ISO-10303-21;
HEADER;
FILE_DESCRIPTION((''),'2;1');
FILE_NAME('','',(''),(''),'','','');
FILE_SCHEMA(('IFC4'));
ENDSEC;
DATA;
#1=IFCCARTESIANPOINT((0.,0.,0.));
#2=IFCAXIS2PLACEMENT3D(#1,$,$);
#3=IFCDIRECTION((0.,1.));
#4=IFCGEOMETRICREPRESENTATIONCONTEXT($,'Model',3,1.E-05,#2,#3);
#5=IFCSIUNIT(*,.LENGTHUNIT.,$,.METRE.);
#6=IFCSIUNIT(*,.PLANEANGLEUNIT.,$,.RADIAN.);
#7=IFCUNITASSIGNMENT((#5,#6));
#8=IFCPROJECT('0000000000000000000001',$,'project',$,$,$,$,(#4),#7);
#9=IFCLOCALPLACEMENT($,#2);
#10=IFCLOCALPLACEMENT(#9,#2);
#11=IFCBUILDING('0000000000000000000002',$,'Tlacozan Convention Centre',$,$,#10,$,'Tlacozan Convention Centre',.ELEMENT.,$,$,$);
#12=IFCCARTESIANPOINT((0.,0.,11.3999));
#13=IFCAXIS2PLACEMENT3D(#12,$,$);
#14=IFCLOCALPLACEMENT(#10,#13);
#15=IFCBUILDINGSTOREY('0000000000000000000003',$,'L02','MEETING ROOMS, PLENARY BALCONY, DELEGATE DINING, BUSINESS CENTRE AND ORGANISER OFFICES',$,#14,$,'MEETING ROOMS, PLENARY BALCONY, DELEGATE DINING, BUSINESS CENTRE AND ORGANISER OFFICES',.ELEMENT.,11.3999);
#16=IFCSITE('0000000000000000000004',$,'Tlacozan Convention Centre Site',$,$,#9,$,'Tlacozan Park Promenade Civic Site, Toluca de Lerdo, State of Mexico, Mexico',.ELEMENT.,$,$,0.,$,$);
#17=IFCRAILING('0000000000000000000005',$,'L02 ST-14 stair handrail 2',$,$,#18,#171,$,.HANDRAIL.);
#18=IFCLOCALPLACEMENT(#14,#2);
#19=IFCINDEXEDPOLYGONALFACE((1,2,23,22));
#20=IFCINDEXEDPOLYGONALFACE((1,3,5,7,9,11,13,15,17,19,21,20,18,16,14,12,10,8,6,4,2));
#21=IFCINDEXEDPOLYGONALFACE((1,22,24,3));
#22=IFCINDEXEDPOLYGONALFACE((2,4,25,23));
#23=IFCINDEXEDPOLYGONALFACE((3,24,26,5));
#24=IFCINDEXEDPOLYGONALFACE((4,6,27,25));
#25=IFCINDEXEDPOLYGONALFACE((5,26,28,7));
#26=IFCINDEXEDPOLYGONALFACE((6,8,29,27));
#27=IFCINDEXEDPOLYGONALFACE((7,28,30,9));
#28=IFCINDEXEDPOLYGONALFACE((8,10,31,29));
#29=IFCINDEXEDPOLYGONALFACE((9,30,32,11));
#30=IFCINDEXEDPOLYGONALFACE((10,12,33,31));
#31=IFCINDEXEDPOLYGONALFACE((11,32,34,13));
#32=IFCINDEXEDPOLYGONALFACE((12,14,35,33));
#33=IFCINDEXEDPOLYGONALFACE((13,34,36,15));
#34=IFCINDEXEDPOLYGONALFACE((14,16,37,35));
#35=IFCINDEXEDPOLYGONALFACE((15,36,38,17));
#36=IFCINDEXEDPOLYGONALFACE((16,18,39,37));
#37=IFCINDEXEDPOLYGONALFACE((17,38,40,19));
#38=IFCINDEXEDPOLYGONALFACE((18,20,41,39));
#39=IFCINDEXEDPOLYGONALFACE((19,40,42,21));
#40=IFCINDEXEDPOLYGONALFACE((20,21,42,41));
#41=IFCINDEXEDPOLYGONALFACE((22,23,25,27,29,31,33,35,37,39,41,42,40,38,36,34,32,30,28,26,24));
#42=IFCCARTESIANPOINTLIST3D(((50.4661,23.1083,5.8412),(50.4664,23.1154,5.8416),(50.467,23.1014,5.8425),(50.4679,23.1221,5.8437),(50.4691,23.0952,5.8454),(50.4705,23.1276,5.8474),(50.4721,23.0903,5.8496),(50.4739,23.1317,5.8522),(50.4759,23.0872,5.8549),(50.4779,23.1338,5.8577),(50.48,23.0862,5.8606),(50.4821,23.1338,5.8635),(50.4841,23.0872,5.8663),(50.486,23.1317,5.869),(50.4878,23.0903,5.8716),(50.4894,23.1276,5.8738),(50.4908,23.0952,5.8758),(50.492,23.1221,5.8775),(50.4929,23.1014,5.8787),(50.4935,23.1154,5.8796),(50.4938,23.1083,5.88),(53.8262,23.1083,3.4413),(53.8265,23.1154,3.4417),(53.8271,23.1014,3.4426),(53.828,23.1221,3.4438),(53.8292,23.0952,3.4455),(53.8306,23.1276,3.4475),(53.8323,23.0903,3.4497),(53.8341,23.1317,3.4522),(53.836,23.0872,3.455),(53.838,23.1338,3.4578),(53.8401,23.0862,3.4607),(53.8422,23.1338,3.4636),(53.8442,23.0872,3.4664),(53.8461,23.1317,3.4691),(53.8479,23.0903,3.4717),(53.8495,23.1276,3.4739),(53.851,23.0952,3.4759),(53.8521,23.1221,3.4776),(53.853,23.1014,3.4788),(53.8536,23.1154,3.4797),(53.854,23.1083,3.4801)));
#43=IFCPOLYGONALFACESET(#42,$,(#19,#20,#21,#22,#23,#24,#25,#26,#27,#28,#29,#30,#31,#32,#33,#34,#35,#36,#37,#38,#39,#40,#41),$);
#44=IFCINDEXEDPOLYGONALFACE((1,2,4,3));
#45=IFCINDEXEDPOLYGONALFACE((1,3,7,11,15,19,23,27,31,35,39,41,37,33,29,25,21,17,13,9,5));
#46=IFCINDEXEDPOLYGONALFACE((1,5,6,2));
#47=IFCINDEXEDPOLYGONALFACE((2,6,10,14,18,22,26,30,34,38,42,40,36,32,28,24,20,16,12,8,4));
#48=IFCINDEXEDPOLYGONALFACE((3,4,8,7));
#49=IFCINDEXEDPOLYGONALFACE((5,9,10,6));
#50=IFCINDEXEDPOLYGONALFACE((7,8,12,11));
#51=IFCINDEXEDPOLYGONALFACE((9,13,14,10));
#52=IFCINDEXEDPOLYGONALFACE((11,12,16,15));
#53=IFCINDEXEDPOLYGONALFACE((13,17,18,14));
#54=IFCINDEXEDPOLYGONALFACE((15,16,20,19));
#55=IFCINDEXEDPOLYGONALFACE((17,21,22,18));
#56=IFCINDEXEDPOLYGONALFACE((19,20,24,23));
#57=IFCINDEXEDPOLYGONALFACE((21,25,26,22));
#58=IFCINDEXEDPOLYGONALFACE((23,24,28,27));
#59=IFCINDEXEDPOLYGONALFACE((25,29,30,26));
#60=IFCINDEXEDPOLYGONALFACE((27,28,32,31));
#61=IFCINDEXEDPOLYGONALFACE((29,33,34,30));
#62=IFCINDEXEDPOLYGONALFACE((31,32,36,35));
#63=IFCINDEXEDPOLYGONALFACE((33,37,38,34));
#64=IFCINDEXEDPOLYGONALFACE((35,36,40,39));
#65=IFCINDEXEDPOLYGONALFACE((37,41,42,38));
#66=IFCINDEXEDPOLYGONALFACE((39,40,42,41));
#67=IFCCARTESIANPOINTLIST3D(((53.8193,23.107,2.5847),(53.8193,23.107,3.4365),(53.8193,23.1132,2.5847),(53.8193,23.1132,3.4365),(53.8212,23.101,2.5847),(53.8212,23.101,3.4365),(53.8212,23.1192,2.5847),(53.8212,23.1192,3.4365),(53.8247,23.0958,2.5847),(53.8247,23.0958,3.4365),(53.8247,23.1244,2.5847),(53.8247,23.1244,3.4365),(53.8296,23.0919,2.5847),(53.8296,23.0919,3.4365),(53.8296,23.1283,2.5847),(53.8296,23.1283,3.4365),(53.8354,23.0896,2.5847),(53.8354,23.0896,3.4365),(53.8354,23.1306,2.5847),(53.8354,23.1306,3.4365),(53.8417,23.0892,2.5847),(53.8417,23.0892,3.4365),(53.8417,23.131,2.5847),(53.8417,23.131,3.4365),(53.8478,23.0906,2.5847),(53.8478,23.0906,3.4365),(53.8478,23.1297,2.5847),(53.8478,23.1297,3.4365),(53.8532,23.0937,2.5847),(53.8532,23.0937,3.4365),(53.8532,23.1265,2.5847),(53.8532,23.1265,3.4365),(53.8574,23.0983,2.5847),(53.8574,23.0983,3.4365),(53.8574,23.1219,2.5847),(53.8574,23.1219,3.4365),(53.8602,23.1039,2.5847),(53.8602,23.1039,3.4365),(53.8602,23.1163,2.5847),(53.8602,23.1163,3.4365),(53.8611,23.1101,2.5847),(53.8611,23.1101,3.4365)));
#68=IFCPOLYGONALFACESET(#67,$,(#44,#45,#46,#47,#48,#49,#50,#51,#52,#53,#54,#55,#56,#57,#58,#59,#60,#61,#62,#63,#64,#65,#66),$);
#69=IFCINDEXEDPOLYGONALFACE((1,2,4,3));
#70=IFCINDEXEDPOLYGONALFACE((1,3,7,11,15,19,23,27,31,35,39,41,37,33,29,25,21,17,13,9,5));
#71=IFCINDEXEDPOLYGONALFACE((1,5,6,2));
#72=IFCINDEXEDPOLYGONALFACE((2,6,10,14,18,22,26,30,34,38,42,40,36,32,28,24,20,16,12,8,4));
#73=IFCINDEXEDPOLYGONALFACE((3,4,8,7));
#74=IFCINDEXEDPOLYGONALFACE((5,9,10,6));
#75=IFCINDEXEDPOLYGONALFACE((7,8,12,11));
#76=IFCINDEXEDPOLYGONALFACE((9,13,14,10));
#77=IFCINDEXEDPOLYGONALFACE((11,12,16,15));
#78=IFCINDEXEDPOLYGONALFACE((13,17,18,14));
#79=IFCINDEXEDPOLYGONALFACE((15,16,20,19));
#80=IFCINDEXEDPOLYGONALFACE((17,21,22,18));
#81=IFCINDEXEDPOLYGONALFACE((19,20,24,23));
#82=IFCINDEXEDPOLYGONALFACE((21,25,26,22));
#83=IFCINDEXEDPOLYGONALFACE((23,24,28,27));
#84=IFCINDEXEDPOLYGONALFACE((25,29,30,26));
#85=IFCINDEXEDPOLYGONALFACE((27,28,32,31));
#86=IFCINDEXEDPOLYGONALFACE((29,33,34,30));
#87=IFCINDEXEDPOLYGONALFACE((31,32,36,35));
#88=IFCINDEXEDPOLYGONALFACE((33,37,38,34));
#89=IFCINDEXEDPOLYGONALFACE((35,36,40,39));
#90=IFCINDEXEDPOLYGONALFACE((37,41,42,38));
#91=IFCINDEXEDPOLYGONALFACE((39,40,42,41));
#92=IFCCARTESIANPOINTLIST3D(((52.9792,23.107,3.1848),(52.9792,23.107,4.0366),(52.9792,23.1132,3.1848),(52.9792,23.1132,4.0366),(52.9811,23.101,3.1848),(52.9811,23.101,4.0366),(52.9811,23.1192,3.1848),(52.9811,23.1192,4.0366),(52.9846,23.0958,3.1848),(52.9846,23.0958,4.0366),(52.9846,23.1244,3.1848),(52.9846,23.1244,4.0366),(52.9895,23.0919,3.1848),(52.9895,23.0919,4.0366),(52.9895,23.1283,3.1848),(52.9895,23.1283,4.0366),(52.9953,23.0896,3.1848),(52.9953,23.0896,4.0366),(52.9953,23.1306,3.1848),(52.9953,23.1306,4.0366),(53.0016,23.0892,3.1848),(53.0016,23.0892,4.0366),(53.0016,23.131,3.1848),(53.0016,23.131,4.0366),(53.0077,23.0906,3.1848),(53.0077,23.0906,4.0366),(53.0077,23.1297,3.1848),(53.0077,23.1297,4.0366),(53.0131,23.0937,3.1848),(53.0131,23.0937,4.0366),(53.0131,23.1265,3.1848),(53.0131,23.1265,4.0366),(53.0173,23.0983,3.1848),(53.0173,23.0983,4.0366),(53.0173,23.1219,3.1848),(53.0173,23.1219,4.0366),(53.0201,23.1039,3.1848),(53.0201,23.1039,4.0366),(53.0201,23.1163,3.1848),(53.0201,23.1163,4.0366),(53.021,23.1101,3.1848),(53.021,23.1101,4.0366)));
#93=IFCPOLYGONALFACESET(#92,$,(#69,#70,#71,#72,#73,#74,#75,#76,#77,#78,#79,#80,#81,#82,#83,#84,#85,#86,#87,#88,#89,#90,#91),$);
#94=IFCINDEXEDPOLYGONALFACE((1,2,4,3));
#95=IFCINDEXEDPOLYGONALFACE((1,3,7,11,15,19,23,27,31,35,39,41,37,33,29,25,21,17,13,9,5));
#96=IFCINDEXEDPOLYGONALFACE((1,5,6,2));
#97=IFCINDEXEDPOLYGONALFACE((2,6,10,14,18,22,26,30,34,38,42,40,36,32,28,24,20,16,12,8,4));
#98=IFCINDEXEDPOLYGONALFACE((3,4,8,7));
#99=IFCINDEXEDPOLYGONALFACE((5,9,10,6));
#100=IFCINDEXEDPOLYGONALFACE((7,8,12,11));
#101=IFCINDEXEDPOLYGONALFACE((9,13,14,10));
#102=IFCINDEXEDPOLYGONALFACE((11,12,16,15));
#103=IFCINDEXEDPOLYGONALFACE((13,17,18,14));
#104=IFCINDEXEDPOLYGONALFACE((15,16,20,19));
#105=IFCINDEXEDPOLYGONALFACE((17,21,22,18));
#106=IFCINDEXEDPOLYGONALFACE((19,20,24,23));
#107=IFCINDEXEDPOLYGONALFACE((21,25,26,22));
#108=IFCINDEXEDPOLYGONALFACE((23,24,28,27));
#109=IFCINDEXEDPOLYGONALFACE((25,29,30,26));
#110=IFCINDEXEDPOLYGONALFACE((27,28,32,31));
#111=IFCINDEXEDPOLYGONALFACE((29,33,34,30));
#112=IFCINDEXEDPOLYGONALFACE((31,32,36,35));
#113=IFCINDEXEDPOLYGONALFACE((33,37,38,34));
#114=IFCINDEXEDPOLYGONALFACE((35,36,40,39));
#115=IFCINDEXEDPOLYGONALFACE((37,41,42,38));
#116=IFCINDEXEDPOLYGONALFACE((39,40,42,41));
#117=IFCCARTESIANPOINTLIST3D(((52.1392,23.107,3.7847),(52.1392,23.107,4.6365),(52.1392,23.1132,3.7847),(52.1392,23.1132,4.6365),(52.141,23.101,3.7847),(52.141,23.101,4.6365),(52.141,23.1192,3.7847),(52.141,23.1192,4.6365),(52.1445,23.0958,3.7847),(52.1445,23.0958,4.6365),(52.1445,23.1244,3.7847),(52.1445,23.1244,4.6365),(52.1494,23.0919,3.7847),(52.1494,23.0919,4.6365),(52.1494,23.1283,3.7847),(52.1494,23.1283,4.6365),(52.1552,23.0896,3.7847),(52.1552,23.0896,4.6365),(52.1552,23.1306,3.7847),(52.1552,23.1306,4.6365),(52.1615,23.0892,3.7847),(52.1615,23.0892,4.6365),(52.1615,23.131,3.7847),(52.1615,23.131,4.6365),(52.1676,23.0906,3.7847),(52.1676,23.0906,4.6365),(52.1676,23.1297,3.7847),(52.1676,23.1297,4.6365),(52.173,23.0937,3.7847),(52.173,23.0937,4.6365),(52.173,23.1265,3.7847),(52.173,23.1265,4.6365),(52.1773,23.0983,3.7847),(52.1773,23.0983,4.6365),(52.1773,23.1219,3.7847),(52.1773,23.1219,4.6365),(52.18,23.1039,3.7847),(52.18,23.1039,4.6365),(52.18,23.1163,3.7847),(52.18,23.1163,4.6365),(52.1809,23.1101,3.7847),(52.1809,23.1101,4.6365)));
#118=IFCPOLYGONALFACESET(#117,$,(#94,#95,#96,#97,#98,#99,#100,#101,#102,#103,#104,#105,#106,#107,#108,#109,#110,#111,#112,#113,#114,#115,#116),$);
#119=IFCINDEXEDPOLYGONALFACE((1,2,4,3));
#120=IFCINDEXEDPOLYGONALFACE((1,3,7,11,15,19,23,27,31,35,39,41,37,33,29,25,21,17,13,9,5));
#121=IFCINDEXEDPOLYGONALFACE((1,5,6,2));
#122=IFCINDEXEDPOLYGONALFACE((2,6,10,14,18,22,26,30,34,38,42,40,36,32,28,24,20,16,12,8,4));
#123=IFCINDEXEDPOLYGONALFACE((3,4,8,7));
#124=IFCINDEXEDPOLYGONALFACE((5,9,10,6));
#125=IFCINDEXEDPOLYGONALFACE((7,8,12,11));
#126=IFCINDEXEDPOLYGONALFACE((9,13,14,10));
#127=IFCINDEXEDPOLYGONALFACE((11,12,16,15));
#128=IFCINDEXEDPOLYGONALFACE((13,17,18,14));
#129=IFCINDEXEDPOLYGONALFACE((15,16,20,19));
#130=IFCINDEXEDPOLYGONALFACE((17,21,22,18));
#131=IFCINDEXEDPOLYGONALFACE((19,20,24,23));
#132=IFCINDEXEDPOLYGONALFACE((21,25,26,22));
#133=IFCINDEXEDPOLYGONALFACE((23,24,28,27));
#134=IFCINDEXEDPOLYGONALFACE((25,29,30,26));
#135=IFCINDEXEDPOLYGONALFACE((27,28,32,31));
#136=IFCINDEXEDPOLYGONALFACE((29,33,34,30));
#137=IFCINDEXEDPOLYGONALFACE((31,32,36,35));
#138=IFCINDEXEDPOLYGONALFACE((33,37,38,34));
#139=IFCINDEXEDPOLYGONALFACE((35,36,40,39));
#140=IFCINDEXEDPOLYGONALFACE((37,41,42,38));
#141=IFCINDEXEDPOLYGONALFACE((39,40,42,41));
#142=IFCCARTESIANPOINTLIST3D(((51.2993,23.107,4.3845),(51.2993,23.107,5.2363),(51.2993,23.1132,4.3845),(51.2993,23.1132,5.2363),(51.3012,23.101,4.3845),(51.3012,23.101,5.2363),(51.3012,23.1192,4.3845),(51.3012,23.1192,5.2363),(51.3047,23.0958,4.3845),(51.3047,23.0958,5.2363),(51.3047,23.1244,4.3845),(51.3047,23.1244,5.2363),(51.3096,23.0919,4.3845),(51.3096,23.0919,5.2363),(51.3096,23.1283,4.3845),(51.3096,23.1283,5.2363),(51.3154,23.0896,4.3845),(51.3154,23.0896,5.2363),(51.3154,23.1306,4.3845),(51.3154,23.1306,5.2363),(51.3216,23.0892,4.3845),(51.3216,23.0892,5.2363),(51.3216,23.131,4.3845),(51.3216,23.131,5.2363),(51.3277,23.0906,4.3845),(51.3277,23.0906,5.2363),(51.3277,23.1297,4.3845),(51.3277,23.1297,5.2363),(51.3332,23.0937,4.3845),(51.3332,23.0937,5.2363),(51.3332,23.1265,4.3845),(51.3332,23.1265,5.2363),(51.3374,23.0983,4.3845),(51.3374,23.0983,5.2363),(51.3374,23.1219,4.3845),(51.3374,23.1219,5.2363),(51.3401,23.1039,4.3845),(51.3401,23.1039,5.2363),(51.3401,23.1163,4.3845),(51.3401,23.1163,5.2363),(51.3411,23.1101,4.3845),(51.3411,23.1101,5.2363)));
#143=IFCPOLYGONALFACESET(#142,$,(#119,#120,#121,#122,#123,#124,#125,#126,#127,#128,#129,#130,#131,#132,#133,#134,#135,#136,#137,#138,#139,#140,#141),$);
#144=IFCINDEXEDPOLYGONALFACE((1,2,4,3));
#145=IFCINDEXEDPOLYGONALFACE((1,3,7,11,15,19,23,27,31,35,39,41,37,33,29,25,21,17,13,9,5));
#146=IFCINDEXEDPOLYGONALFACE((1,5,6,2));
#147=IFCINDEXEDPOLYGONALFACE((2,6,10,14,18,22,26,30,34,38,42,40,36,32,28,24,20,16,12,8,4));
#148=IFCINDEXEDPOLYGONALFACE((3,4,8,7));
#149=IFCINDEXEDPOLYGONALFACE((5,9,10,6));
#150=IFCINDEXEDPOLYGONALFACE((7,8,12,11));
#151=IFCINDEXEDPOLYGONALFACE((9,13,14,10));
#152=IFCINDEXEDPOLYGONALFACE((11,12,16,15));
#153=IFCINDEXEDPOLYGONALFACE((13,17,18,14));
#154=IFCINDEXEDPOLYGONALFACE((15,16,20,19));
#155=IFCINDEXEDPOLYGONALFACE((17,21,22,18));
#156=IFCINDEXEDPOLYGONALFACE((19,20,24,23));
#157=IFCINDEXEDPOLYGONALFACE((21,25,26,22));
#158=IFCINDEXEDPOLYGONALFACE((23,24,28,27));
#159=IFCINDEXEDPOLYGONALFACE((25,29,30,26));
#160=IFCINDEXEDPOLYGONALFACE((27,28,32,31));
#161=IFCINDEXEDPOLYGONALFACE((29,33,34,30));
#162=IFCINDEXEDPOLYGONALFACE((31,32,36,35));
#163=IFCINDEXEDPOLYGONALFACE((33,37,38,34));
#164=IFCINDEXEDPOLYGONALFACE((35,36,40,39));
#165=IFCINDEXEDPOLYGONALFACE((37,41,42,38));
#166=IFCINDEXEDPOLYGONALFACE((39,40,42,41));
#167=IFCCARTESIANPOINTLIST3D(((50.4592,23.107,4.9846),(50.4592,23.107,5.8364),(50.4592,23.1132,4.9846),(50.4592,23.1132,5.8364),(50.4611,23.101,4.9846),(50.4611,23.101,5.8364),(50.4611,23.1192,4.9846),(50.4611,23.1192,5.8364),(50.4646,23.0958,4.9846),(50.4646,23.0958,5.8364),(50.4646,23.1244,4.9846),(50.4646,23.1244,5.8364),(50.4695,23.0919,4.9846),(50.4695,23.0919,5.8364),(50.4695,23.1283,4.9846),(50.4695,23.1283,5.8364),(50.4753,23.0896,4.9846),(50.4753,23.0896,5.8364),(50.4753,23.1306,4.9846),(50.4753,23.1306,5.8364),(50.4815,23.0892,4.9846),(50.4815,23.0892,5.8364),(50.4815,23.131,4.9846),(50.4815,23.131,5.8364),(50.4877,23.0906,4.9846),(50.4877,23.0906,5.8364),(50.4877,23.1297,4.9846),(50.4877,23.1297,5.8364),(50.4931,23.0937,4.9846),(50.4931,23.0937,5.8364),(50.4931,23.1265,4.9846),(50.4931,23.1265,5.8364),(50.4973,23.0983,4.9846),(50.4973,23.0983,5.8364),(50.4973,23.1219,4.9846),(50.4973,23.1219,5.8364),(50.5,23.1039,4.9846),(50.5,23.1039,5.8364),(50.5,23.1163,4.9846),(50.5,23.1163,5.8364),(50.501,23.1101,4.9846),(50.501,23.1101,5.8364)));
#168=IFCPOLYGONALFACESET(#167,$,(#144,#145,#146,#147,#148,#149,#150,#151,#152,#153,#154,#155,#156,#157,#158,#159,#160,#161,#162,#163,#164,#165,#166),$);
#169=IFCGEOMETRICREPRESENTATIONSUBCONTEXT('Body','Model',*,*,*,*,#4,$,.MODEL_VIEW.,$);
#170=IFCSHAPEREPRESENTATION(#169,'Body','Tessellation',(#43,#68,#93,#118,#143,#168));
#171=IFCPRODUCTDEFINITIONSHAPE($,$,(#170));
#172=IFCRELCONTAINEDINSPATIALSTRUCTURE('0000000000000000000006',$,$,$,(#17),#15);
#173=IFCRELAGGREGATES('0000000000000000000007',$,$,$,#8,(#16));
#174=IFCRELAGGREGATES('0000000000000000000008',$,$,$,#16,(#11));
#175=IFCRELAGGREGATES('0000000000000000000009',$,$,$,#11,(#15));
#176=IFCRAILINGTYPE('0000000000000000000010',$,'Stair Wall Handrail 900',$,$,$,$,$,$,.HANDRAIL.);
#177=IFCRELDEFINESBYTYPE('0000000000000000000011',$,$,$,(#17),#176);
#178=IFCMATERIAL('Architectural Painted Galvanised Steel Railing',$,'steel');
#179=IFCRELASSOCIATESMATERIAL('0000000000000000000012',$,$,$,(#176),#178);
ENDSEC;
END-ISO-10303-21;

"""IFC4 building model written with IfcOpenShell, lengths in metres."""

from ifc_helpers import new_model, si_unit, direction, frame, origin, origin_2d, place, context, subcontext, project, spatial, circle, extrude, material, type_object, element, save


model = new_model("IFC4")

# Units and contexts
model_context = context("Model", 3, precision=1e-05, world=origin(), true_north=direction((0.0, 1.0)))
body_context = subcontext(model_context, "Body", "Model", "MODEL_VIEW")
ifc_project = project(units=[si_unit("LENGTHUNIT", "METRE"), si_unit("PLANEANGLEUNIT", "RADIAN")], contexts=[model_context])

# Site, building, storey
site_placement = place(None, origin())
site = spatial("IfcSite", under=ifc_project, at=site_placement, Name="Tlacozan Convention Centre Site", LongName="Tlacozan Park Promenade Civic Site, Toluca de Lerdo, State of Mexico, Mexico", CompositionType="ELEMENT", RefElevation=0.0)
building_placement = place(site_placement, origin())
building = spatial("IfcBuilding", under=site, at=building_placement, Name="Tlacozan Convention Centre", LongName="Tlacozan Convention Centre", CompositionType="ELEMENT")
storey_placement = place(building_placement, frame((0.0, 0.0, 11.3999)))
storey = spatial("IfcBuildingStorey", under=building, at=storey_placement, Name="L02", Description="MEETING ROOMS, PLENARY BALCONY, DELEGATE DINING, BUSINESS CENTRE AND ORGANISER OFFICES", LongName="MEETING ROOMS, PLENARY BALCONY, DELEGATE DINING, BUSINESS CENTRE AND ORGANISER OFFICES", CompositionType="ELEMENT", Elevation=11.3999)

# Railing
ifc_material_1 = material(Name="Architectural Painted Galvanised Steel Railing", Category="steel")
railing_type_1 = type_object("IfcRailingType", Name="Stair Wall Handrail 900", PredefinedType="HANDRAIL", material=ifc_material_1)
railing_1_placement = place(storey_placement, frame((53.8401, 23.1101, 2.5847)))
element("IfcRailing", 1, at=railing_1_placement, inside=storey, type_object=railing_type_1, Name="L02 ST-14 stair handrail 2", PredefinedType="HANDRAIL", context=body_context, shape_type="SweptSolid", body=[
    extrude(circle(Radius=0.0239, at=origin_2d()), frame((0.0, 0.0, 0.876), z_axis=(-0.813753, 0.0, 0.58121), x_axis=(0.0, -1.0, 0.0)), (0.0, 0.0, 1.0), 4.1292),
    extrude(circle(Radius=0.021, at=origin_2d()), origin(), (0.0, 0.0, 1.0), 0.8518),
    extrude(circle(Radius=0.021, at=origin_2d()), frame((-0.8401, 0.0, 0.6001)), (0.0, 0.0, 1.0), 0.8518),
    extrude(circle(Radius=0.021, at=origin_2d()), frame((-1.6802, 0.0, 1.2)), (0.0, 0.0, 1.0), 0.8518),
    extrude(circle(Radius=0.021, at=origin_2d()), frame((-2.52, 0.0, 1.7998)), (0.0, 0.0, 1.0), 0.8518),
    extrude(circle(Radius=0.021, at=origin_2d()), frame((-3.3601, 0.0, 2.3999)), (0.0, 0.0, 1.0), 0.8518),
])

save(model, "model.ifc")
